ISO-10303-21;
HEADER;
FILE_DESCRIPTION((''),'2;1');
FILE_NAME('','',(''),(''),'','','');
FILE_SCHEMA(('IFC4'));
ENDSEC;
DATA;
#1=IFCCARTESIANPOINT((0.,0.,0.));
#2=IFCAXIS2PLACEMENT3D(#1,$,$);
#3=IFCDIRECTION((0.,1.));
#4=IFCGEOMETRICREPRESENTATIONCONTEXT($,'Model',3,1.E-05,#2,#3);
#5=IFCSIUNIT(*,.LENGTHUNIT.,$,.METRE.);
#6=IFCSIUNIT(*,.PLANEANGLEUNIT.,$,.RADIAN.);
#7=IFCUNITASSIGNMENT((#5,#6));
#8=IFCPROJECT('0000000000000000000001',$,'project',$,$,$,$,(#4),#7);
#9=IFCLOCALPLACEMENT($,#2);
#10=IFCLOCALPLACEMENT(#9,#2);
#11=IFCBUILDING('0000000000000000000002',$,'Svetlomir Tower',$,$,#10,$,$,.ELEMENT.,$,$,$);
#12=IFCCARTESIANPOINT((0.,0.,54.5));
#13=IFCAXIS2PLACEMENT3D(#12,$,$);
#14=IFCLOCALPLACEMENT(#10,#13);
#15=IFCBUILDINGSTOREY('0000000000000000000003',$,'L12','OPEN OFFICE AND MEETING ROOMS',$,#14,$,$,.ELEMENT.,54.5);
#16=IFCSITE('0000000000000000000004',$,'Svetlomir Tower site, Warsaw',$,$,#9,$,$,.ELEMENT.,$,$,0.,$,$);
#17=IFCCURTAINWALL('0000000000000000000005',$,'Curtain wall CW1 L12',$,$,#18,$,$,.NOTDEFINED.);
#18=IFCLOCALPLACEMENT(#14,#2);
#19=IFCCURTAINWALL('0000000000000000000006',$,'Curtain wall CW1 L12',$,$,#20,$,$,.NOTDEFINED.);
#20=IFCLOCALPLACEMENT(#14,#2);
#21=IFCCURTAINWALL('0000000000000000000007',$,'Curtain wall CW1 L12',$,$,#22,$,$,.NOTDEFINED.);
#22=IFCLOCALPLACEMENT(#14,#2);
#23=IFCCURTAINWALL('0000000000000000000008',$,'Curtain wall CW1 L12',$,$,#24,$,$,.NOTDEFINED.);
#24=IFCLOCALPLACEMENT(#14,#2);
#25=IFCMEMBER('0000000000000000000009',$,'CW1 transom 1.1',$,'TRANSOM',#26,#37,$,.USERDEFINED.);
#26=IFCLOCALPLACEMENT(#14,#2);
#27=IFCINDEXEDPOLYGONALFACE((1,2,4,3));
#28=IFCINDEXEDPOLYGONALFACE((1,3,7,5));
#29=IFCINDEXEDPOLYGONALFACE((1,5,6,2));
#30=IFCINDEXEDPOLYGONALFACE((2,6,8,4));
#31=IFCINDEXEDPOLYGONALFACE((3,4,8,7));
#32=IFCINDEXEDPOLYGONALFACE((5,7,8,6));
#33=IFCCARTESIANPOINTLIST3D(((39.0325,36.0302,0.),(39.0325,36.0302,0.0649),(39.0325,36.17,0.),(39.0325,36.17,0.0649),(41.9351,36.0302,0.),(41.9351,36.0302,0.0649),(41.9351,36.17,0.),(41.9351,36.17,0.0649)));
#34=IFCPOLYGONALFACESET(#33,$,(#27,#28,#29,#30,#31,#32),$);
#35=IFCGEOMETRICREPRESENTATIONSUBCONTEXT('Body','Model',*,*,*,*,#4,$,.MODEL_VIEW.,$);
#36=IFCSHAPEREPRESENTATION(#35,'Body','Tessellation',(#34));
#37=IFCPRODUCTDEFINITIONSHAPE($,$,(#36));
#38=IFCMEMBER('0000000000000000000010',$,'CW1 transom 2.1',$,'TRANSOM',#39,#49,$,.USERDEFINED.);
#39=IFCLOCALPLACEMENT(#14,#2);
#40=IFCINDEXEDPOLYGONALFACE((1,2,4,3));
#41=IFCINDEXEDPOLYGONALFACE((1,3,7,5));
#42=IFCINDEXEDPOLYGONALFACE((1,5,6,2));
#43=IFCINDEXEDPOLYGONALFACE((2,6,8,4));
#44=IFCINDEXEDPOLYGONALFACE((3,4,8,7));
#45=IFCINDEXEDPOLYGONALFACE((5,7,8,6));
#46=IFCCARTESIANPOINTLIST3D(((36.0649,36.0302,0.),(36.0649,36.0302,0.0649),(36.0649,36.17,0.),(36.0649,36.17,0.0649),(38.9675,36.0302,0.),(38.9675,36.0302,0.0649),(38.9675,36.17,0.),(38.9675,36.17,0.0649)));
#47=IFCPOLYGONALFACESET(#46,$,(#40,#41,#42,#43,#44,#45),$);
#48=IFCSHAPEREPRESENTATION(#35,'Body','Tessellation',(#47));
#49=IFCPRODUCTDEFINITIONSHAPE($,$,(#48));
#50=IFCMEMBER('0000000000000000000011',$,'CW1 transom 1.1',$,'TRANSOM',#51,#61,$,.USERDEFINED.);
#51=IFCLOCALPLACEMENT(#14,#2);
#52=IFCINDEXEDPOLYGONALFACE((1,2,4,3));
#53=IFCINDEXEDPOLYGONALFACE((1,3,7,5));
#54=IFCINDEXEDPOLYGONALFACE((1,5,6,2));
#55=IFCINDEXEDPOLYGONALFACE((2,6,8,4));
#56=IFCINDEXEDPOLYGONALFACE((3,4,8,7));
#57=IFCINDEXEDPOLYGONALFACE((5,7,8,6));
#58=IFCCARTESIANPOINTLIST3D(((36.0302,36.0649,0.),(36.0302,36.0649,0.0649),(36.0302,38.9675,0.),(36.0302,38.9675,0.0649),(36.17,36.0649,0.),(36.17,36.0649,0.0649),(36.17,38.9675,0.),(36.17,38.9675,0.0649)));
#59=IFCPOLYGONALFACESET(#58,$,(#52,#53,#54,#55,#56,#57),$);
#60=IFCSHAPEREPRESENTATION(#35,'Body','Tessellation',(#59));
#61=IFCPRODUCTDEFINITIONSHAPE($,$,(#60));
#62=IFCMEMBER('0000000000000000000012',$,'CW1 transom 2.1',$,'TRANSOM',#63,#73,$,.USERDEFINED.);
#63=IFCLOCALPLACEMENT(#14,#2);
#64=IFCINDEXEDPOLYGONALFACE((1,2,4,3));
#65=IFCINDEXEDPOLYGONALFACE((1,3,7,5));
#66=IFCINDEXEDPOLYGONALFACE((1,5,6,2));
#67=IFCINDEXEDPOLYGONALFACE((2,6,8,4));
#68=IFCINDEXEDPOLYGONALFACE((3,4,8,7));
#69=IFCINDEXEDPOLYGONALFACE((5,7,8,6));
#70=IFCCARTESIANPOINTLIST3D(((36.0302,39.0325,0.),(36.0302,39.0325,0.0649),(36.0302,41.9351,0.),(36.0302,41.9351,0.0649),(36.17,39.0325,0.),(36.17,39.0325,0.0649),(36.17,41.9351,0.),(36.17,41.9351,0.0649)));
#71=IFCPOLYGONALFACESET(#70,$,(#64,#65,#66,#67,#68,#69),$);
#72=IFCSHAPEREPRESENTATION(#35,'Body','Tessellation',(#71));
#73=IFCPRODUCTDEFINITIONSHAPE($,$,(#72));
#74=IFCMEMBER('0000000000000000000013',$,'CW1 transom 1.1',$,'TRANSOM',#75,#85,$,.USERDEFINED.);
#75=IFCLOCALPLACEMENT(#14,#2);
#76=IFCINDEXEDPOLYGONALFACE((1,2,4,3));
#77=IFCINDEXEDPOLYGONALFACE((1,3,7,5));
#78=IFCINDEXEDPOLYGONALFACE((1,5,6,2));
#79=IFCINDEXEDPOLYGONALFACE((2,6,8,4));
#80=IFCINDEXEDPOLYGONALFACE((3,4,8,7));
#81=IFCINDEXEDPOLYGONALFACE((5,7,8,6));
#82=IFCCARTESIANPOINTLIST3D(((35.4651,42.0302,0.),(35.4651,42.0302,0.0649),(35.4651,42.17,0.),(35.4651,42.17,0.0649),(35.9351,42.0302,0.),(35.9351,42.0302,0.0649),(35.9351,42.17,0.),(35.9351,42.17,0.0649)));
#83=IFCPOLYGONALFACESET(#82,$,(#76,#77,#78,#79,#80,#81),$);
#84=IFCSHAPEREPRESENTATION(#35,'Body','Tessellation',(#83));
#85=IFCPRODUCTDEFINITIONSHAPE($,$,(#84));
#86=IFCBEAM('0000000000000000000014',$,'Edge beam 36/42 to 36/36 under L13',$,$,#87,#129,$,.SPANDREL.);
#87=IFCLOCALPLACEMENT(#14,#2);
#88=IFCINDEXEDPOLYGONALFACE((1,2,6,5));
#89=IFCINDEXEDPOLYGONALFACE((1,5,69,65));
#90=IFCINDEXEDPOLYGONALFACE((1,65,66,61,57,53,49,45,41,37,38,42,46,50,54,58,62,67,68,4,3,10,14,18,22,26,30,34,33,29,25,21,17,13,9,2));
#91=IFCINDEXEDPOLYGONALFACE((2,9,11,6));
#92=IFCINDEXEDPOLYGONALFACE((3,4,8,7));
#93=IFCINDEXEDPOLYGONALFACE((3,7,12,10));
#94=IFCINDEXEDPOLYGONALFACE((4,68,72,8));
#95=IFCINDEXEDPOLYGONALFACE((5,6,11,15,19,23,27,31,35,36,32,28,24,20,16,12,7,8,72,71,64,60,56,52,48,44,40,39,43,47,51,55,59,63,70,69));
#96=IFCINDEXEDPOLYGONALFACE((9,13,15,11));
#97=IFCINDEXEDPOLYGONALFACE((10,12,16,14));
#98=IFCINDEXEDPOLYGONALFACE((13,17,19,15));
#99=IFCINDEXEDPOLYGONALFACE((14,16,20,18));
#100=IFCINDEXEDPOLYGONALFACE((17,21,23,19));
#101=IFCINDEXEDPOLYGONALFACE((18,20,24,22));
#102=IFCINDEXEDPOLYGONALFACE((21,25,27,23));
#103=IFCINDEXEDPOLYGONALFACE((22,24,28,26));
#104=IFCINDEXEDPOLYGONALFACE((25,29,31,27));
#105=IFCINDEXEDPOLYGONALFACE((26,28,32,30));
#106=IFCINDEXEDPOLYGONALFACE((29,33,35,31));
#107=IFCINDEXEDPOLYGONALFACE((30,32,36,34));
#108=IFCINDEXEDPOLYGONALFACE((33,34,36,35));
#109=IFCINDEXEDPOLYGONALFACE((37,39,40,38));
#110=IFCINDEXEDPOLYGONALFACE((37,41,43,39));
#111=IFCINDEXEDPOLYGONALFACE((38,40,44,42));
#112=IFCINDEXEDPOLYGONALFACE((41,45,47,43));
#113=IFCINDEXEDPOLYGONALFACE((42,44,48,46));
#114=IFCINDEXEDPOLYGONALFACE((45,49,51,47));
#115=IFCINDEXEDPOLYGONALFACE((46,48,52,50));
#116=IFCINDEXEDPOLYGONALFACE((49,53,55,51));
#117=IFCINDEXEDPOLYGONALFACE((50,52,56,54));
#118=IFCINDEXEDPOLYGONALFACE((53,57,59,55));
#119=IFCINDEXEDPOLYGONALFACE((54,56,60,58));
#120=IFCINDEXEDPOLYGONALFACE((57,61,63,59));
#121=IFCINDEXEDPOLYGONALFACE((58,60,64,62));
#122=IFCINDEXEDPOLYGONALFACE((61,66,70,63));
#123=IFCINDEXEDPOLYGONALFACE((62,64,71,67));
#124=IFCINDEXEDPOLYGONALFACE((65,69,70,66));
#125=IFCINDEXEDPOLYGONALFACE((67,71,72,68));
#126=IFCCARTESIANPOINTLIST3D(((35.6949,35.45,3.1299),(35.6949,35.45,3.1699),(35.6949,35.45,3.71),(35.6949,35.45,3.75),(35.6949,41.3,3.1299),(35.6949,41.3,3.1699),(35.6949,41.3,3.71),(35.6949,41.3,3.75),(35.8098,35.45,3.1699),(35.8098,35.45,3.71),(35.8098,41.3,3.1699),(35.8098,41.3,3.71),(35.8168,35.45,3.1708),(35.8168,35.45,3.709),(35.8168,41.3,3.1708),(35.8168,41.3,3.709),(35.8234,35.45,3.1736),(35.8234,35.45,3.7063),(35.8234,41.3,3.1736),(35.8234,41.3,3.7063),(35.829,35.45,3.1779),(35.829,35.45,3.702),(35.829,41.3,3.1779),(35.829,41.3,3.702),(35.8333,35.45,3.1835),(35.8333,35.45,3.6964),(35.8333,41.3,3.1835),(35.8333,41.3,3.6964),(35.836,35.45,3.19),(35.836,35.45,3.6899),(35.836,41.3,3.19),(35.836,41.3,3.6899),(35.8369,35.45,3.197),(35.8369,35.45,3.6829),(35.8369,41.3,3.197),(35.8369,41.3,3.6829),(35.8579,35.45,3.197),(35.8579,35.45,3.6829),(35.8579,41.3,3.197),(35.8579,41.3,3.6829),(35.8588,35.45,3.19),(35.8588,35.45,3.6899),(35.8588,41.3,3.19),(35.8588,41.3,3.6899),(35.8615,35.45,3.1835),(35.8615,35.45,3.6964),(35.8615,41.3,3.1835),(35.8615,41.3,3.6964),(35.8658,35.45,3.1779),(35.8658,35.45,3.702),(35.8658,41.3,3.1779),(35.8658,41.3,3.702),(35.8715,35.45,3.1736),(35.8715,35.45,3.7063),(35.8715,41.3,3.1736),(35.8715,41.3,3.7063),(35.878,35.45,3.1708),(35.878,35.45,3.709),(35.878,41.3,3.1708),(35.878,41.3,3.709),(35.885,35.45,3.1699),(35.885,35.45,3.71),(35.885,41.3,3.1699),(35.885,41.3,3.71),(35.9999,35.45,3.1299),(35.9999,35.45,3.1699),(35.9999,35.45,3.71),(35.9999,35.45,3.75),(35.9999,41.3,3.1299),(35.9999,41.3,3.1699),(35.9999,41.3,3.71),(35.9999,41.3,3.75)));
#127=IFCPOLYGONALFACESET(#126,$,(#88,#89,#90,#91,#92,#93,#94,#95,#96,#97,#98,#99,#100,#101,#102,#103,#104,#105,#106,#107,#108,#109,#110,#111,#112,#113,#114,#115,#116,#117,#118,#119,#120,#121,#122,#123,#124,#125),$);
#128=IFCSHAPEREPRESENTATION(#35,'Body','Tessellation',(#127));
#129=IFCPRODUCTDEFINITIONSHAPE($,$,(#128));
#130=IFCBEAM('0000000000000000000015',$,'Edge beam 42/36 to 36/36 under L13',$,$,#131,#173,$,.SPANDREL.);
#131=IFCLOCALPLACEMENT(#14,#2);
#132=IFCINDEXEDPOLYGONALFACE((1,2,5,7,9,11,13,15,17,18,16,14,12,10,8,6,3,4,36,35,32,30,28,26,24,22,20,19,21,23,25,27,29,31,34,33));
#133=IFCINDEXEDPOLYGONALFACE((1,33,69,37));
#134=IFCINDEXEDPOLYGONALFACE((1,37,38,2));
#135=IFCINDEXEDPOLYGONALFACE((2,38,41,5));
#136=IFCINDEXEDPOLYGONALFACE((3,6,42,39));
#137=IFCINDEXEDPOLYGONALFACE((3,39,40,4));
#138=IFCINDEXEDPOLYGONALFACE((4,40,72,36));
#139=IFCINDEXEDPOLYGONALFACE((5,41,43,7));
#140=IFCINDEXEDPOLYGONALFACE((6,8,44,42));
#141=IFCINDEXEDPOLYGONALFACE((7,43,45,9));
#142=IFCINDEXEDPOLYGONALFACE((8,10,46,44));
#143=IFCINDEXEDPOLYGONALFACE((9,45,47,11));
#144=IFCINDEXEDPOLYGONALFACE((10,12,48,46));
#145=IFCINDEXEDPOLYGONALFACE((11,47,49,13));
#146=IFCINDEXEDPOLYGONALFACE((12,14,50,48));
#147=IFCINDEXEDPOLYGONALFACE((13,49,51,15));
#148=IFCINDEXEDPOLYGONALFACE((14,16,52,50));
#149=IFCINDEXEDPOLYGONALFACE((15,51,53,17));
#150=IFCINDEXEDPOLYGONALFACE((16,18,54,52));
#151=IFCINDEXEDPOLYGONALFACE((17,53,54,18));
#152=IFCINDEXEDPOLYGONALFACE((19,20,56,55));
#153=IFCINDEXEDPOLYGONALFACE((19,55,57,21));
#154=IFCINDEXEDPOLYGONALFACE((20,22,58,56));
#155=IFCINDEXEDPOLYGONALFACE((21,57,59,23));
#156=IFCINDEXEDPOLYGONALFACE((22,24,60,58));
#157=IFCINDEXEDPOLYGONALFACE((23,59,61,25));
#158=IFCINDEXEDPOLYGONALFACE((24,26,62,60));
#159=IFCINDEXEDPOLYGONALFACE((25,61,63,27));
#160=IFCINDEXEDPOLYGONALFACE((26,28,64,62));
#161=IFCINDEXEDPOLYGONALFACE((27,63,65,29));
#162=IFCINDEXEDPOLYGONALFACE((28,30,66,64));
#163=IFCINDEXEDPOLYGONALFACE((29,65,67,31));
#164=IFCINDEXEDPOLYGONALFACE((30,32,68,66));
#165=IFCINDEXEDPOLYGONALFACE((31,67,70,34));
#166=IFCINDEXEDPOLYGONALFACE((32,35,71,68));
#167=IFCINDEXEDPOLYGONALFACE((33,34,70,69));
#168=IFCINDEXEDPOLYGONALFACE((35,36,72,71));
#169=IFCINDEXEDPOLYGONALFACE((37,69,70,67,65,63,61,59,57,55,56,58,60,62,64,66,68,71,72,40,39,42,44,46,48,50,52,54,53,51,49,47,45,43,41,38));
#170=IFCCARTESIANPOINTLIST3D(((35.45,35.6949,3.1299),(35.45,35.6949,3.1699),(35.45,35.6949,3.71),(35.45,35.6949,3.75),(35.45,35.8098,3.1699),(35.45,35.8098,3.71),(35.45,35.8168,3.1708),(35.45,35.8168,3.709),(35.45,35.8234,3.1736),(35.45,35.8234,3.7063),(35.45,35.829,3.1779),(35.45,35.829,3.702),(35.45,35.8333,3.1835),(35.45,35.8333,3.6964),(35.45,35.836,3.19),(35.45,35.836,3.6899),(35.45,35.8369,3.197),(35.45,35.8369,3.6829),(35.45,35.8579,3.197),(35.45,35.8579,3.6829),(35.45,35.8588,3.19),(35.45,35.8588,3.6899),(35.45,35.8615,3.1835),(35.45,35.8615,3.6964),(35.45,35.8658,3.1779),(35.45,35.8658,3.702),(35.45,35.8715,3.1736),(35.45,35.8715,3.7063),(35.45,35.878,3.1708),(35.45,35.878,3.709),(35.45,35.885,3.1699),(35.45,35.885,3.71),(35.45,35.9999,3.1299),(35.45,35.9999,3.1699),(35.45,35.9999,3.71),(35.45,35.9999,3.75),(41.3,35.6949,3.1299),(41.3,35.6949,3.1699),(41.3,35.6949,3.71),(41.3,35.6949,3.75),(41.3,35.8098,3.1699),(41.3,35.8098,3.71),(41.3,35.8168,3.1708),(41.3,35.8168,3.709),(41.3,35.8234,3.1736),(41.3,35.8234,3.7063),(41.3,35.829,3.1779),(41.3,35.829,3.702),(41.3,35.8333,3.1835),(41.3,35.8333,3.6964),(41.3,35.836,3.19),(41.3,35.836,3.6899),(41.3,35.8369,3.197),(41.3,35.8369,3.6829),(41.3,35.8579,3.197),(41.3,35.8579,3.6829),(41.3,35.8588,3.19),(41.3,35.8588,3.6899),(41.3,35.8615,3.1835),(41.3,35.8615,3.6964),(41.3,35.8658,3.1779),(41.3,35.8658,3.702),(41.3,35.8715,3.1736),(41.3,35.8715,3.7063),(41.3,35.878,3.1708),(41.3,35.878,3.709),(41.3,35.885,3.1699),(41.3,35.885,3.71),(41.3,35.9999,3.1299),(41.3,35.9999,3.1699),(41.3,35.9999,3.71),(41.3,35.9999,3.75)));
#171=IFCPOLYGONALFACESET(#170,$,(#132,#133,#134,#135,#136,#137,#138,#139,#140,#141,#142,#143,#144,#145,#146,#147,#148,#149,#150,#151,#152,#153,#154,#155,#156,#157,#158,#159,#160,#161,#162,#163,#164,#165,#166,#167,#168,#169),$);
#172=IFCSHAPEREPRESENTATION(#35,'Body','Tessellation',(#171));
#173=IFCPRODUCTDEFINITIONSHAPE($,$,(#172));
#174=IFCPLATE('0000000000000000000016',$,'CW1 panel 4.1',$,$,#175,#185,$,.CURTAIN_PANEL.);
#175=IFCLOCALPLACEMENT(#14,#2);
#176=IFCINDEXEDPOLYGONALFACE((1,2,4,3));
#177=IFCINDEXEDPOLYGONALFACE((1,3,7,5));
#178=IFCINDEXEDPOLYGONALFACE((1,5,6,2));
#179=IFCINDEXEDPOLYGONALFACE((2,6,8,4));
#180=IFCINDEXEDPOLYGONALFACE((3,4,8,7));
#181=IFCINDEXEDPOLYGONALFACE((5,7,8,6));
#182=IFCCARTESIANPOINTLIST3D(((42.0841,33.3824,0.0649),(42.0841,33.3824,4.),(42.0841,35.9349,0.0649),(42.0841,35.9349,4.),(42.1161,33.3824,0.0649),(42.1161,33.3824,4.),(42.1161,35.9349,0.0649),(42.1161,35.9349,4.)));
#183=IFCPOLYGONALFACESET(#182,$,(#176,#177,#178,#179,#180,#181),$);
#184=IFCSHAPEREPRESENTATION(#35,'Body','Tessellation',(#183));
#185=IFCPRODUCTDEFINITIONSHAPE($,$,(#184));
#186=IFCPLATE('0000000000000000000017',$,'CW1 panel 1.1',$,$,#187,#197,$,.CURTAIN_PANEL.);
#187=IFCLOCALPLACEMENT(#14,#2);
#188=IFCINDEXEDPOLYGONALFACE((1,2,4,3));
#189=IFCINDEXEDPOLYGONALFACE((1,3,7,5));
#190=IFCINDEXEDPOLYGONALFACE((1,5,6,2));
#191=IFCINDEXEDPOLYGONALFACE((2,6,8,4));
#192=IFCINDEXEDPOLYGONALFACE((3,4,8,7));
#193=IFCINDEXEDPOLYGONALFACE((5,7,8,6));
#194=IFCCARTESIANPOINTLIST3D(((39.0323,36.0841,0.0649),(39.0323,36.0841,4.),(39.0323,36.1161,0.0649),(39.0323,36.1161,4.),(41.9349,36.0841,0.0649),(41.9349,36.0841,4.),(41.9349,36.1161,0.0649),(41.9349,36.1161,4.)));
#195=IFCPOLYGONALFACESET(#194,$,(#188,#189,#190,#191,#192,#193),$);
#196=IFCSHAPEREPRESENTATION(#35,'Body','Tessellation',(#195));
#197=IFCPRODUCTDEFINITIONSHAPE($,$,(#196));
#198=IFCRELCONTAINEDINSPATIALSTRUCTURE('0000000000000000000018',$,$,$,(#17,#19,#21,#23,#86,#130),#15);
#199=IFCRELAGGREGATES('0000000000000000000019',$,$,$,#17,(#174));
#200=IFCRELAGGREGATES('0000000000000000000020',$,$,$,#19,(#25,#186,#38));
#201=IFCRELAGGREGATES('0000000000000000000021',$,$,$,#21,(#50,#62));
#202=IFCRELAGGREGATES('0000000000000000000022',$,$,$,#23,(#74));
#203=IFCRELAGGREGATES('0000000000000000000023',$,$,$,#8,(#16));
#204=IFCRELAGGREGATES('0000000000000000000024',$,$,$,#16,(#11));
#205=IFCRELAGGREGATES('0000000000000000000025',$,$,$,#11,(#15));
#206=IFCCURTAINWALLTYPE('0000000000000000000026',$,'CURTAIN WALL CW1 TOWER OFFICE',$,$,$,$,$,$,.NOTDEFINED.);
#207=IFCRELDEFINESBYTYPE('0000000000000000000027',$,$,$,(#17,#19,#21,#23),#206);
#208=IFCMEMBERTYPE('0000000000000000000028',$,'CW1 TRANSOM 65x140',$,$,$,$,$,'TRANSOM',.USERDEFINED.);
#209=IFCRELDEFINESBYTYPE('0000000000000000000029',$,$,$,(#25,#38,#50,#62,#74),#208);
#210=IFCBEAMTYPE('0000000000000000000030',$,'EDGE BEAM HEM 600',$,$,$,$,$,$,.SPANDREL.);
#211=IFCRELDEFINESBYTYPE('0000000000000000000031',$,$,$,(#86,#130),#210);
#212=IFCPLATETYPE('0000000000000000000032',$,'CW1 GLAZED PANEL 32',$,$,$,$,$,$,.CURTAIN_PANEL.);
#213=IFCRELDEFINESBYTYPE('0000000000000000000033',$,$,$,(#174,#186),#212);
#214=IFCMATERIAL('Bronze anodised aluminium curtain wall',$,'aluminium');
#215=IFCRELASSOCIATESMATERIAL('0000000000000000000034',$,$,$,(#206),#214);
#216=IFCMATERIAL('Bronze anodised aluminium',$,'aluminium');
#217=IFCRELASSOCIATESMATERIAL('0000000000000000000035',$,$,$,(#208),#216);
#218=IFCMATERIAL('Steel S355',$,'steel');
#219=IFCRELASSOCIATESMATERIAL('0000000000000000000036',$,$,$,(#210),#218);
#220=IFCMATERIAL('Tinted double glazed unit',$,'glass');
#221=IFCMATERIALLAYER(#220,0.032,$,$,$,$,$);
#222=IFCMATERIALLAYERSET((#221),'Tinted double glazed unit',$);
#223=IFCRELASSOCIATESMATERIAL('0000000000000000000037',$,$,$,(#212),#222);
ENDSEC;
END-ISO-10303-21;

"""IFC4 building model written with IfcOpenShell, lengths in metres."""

from ifc_helpers import new_model, si_unit, direction, frame, origin, origin_2d, place, context, subcontext, project, spatial, rectangle, i_section, extrude, material, layer, layer_set, material_profile, profile_set, type_object, element, aggregate, save


model = new_model("IFC4")

# Units and contexts
model_context = context("Model", 3, precision=1e-05, world=origin(), true_north=direction((0.0, 1.0)))
body_context = subcontext(model_context, "Body", "Model", "MODEL_VIEW")
ifc_project = project(units=[si_unit("LENGTHUNIT", "METRE"), si_unit("PLANEANGLEUNIT", "RADIAN")], contexts=[model_context])

# Site, building, storey
site_placement = place(None, origin())
site = spatial("IfcSite", under=ifc_project, at=site_placement, Name="Svetlomir Tower site, Warsaw", CompositionType="ELEMENT", RefElevation=0.0)
building_placement = place(site_placement, origin())
building = spatial("IfcBuilding", under=site, at=building_placement, Name="Svetlomir Tower", CompositionType="ELEMENT")
storey_placement = place(building_placement, frame((0.0, 0.0, 54.5)))
storey = spatial("IfcBuildingStorey", under=building, at=storey_placement, Name="L12", Description="OPEN OFFICE AND MEETING ROOMS", CompositionType="ELEMENT", Elevation=54.5)

# Curtain wall
ifc_material_1 = material(Name="Bronze anodised aluminium curtain wall", Category="aluminium")
curtain_wall_type = type_object("IfcCurtainWallType", Name="CURTAIN WALL CW1 TOWER OFFICE", PredefinedType="NOTDEFINED", material=ifc_material_1)
curtain_wall_1_placement = place(storey_placement, origin())
curtain_wall_1 = element("IfcCurtainWall", 1, at=curtain_wall_1_placement, inside=storey, type_object=curtain_wall_type, Name="Curtain wall CW1 L12", PredefinedType="NOTDEFINED")

# Curtain walls
curtain_wall_2_placement = place(storey_placement, origin())
curtain_wall_2 = element("IfcCurtainWall", 2, at=curtain_wall_2_placement, inside=storey, type_object=curtain_wall_type, Name="Curtain wall CW1 L12", PredefinedType="NOTDEFINED")
curtain_wall_3_placement = place(storey_placement, origin())
curtain_wall_3 = element("IfcCurtainWall", 3, at=curtain_wall_3_placement, inside=storey, type_object=curtain_wall_type, Name="Curtain wall CW1 L12", PredefinedType="NOTDEFINED")
curtain_wall_4_placement = place(storey_placement, origin())
curtain_wall_4 = element("IfcCurtainWall", 4, at=curtain_wall_4_placement, inside=storey, type_object=curtain_wall_type, Name="Curtain wall CW1 L12", PredefinedType="NOTDEFINED")

# Members
ifc_material_2 = material(Name="Bronze anodised aluminium", Category="aluminium")
ifc_material_profile_1 = material_profile(ifc_material_2, rectangle(XDim=0.1399, YDim=0.0649, at=origin_2d()), Name="AL 140x65")
ifc_profile_set_1 = profile_set([ifc_material_profile_1], Name="Bronze anodised aluminium 6063-T6")
member_type_1 = type_object("IfcMemberType", Name="CW1 TRANSOM 65x140", ElementType="TRANSOM", PredefinedType="USERDEFINED", material=ifc_profile_set_1)
member_1_placement = place(storey_placement, frame((41.9351, 36.1001, 0.0325), z_axis=(-1.0, 0.0, 0.0), x_axis=(0.0, -1.0, 0.0)))
member_1 = element("IfcMember", 5, at=member_1_placement, type_object=member_type_1, Name="CW1 transom 1.1", ObjectType="TRANSOM", PredefinedType="USERDEFINED", context=body_context, shape_type="SweptSolid", body=[
    extrude(rectangle(XDim=0.1399, YDim=0.0649, at=origin_2d()), origin(), (0.0, 0.0, 1.0), 2.9026),
])
member_2_placement = place(storey_placement, frame((38.9675, 36.1001, 0.0325), z_axis=(-1.0, 0.0, 0.0), x_axis=(0.0, -1.0, 0.0)))
member_2 = element("IfcMember", 6, at=member_2_placement, type_object=member_type_1, Name="CW1 transom 2.1", ObjectType="TRANSOM", PredefinedType="USERDEFINED", context=body_context, shape_type="SweptSolid", body=[
    extrude(rectangle(XDim=0.1399, YDim=0.0649, at=origin_2d()), origin(), (0.0, 0.0, 1.0), 2.9026),
])
member_3_placement = place(storey_placement, frame((36.1001, 36.0649, 0.0325), z_axis=(0.0, 1.0, 0.0), x_axis=(-1.0, 0.0, 0.0)))
member_3 = element("IfcMember", 7, at=member_3_placement, type_object=member_type_1, Name="CW1 transom 1.1", ObjectType="TRANSOM", PredefinedType="USERDEFINED", context=body_context, shape_type="SweptSolid", body=[
    extrude(rectangle(XDim=0.1399, YDim=0.0649, at=origin_2d()), origin(), (0.0, 0.0, 1.0), 2.9026),
])
member_4_placement = place(storey_placement, frame((36.1001, 39.0325, 0.0325), z_axis=(0.0, 1.0, 0.0), x_axis=(-1.0, 0.0, 0.0)))
member_4 = element("IfcMember", 8, at=member_4_placement, type_object=member_type_1, Name="CW1 transom 2.1", ObjectType="TRANSOM", PredefinedType="USERDEFINED", context=body_context, shape_type="SweptSolid", body=[
    extrude(rectangle(XDim=0.1399, YDim=0.0649, at=origin_2d()), origin(), (0.0, 0.0, 1.0), 2.9026),
])
member_5_placement = place(storey_placement, frame((35.9351, 42.1001, 0.0325), z_axis=(-1.0, 0.0, 0.0), x_axis=(0.0, -1.0, 0.0)))
member_5 = element("IfcMember", 9, at=member_5_placement, type_object=member_type_1, Name="CW1 transom 1.1", ObjectType="TRANSOM", PredefinedType="USERDEFINED", context=body_context, shape_type="SweptSolid", body=[
    extrude(rectangle(XDim=0.1399, YDim=0.0649, at=origin_2d()), origin(), (0.0, 0.0, 1.0), 0.47),
])

# Beams
ifc_material_3 = material(Name="Steel S355", Category="steel")
ifc_material_profile_2 = material_profile(ifc_material_3, i_section(OverallWidth=0.3049, OverallDepth=0.6201, WebThickness=0.021, FlangeThickness=0.04, FilletRadius=0.0271, at=origin_2d()), Name="HEM 600")
ifc_profile_set_2 = profile_set([ifc_material_profile_2], Name="Steel S355")
beam_type_1 = type_object("IfcBeamType", Name="EDGE BEAM HEM 600", PredefinedType="SPANDREL", material=ifc_profile_set_2)
for number, where, z_axis, x_axis, name in (
    (10, (35.8474, 41.3, 3.4399), (0.0, -1.0, 0.0), (1.0, 0.0, 0.0), "Edge beam 36/42 to 36/36 under L13"),
    (11, (41.3, 35.8474, 3.4399), (-1.0, 0.0, 0.0), (0.0, -1.0, 0.0), "Edge beam 42/36 to 36/36 under L13"),
):
    element("IfcBeam", number, at=place(storey_placement, frame(where, z_axis=z_axis, x_axis=x_axis)), inside=storey, type_object=beam_type_1, Name=name, PredefinedType="SPANDREL", context=body_context, shape_type="SweptSolid", body=[
        extrude(i_section(OverallWidth=0.3049, OverallDepth=0.6201, WebThickness=0.021, FlangeThickness=0.04, FilletRadius=0.0271, at=origin_2d()), origin(), (0.0, 0.0, 1.0), 5.8501),
    ])

# Plates
ifc_material_4 = material(Name="Tinted double glazed unit", Category="glass")
ifc_layer_1 = layer(ifc_material_4, 0.032)
ifc_layer_set_1 = layer_set([ifc_layer_1], Name="Tinted double glazed unit")
plate_type = type_object("IfcPlateType", Name="CW1 GLAZED PANEL 32", PredefinedType="CURTAIN_PANEL", material=ifc_layer_set_1)
plate_1_placement = place(storey_placement, frame((42.1001, 34.6587, 0.0649), z_axis=(0.0, 0.0, 1.0), x_axis=(0.0, 1.0, 0.0)))
plate_1 = element("IfcPlate", 12, at=plate_1_placement, type_object=plate_type, Name="CW1 panel 4.1", PredefinedType="CURTAIN_PANEL", context=body_context, shape_type="SweptSolid", body=[
    extrude(rectangle(XDim=2.5525, YDim=0.032, at=origin_2d()), origin(), (0.0, 0.0, 1.0), 3.9351),
])
aggregate(curtain_wall_1, [plate_1])
plate_2_placement = place(storey_placement, frame((40.4836, 36.1001, 0.0649), z_axis=(0.0, 0.0, 1.0), x_axis=(-1.0, 0.0, 0.0)))
plate_2 = element("IfcPlate", 13, at=plate_2_placement, type_object=plate_type, Name="CW1 panel 1.1", PredefinedType="CURTAIN_PANEL", context=body_context, shape_type="SweptSolid", body=[
    extrude(rectangle(XDim=2.9026, YDim=0.032, at=origin_2d()), origin(), (0.0, 0.0, 1.0), 3.9351),
])
aggregate(curtain_wall_2, [member_1, plate_2, member_2])
aggregate(curtain_wall_3, [member_3, member_4])
aggregate(curtain_wall_4, [member_5])

save(model, "model.ifc")
